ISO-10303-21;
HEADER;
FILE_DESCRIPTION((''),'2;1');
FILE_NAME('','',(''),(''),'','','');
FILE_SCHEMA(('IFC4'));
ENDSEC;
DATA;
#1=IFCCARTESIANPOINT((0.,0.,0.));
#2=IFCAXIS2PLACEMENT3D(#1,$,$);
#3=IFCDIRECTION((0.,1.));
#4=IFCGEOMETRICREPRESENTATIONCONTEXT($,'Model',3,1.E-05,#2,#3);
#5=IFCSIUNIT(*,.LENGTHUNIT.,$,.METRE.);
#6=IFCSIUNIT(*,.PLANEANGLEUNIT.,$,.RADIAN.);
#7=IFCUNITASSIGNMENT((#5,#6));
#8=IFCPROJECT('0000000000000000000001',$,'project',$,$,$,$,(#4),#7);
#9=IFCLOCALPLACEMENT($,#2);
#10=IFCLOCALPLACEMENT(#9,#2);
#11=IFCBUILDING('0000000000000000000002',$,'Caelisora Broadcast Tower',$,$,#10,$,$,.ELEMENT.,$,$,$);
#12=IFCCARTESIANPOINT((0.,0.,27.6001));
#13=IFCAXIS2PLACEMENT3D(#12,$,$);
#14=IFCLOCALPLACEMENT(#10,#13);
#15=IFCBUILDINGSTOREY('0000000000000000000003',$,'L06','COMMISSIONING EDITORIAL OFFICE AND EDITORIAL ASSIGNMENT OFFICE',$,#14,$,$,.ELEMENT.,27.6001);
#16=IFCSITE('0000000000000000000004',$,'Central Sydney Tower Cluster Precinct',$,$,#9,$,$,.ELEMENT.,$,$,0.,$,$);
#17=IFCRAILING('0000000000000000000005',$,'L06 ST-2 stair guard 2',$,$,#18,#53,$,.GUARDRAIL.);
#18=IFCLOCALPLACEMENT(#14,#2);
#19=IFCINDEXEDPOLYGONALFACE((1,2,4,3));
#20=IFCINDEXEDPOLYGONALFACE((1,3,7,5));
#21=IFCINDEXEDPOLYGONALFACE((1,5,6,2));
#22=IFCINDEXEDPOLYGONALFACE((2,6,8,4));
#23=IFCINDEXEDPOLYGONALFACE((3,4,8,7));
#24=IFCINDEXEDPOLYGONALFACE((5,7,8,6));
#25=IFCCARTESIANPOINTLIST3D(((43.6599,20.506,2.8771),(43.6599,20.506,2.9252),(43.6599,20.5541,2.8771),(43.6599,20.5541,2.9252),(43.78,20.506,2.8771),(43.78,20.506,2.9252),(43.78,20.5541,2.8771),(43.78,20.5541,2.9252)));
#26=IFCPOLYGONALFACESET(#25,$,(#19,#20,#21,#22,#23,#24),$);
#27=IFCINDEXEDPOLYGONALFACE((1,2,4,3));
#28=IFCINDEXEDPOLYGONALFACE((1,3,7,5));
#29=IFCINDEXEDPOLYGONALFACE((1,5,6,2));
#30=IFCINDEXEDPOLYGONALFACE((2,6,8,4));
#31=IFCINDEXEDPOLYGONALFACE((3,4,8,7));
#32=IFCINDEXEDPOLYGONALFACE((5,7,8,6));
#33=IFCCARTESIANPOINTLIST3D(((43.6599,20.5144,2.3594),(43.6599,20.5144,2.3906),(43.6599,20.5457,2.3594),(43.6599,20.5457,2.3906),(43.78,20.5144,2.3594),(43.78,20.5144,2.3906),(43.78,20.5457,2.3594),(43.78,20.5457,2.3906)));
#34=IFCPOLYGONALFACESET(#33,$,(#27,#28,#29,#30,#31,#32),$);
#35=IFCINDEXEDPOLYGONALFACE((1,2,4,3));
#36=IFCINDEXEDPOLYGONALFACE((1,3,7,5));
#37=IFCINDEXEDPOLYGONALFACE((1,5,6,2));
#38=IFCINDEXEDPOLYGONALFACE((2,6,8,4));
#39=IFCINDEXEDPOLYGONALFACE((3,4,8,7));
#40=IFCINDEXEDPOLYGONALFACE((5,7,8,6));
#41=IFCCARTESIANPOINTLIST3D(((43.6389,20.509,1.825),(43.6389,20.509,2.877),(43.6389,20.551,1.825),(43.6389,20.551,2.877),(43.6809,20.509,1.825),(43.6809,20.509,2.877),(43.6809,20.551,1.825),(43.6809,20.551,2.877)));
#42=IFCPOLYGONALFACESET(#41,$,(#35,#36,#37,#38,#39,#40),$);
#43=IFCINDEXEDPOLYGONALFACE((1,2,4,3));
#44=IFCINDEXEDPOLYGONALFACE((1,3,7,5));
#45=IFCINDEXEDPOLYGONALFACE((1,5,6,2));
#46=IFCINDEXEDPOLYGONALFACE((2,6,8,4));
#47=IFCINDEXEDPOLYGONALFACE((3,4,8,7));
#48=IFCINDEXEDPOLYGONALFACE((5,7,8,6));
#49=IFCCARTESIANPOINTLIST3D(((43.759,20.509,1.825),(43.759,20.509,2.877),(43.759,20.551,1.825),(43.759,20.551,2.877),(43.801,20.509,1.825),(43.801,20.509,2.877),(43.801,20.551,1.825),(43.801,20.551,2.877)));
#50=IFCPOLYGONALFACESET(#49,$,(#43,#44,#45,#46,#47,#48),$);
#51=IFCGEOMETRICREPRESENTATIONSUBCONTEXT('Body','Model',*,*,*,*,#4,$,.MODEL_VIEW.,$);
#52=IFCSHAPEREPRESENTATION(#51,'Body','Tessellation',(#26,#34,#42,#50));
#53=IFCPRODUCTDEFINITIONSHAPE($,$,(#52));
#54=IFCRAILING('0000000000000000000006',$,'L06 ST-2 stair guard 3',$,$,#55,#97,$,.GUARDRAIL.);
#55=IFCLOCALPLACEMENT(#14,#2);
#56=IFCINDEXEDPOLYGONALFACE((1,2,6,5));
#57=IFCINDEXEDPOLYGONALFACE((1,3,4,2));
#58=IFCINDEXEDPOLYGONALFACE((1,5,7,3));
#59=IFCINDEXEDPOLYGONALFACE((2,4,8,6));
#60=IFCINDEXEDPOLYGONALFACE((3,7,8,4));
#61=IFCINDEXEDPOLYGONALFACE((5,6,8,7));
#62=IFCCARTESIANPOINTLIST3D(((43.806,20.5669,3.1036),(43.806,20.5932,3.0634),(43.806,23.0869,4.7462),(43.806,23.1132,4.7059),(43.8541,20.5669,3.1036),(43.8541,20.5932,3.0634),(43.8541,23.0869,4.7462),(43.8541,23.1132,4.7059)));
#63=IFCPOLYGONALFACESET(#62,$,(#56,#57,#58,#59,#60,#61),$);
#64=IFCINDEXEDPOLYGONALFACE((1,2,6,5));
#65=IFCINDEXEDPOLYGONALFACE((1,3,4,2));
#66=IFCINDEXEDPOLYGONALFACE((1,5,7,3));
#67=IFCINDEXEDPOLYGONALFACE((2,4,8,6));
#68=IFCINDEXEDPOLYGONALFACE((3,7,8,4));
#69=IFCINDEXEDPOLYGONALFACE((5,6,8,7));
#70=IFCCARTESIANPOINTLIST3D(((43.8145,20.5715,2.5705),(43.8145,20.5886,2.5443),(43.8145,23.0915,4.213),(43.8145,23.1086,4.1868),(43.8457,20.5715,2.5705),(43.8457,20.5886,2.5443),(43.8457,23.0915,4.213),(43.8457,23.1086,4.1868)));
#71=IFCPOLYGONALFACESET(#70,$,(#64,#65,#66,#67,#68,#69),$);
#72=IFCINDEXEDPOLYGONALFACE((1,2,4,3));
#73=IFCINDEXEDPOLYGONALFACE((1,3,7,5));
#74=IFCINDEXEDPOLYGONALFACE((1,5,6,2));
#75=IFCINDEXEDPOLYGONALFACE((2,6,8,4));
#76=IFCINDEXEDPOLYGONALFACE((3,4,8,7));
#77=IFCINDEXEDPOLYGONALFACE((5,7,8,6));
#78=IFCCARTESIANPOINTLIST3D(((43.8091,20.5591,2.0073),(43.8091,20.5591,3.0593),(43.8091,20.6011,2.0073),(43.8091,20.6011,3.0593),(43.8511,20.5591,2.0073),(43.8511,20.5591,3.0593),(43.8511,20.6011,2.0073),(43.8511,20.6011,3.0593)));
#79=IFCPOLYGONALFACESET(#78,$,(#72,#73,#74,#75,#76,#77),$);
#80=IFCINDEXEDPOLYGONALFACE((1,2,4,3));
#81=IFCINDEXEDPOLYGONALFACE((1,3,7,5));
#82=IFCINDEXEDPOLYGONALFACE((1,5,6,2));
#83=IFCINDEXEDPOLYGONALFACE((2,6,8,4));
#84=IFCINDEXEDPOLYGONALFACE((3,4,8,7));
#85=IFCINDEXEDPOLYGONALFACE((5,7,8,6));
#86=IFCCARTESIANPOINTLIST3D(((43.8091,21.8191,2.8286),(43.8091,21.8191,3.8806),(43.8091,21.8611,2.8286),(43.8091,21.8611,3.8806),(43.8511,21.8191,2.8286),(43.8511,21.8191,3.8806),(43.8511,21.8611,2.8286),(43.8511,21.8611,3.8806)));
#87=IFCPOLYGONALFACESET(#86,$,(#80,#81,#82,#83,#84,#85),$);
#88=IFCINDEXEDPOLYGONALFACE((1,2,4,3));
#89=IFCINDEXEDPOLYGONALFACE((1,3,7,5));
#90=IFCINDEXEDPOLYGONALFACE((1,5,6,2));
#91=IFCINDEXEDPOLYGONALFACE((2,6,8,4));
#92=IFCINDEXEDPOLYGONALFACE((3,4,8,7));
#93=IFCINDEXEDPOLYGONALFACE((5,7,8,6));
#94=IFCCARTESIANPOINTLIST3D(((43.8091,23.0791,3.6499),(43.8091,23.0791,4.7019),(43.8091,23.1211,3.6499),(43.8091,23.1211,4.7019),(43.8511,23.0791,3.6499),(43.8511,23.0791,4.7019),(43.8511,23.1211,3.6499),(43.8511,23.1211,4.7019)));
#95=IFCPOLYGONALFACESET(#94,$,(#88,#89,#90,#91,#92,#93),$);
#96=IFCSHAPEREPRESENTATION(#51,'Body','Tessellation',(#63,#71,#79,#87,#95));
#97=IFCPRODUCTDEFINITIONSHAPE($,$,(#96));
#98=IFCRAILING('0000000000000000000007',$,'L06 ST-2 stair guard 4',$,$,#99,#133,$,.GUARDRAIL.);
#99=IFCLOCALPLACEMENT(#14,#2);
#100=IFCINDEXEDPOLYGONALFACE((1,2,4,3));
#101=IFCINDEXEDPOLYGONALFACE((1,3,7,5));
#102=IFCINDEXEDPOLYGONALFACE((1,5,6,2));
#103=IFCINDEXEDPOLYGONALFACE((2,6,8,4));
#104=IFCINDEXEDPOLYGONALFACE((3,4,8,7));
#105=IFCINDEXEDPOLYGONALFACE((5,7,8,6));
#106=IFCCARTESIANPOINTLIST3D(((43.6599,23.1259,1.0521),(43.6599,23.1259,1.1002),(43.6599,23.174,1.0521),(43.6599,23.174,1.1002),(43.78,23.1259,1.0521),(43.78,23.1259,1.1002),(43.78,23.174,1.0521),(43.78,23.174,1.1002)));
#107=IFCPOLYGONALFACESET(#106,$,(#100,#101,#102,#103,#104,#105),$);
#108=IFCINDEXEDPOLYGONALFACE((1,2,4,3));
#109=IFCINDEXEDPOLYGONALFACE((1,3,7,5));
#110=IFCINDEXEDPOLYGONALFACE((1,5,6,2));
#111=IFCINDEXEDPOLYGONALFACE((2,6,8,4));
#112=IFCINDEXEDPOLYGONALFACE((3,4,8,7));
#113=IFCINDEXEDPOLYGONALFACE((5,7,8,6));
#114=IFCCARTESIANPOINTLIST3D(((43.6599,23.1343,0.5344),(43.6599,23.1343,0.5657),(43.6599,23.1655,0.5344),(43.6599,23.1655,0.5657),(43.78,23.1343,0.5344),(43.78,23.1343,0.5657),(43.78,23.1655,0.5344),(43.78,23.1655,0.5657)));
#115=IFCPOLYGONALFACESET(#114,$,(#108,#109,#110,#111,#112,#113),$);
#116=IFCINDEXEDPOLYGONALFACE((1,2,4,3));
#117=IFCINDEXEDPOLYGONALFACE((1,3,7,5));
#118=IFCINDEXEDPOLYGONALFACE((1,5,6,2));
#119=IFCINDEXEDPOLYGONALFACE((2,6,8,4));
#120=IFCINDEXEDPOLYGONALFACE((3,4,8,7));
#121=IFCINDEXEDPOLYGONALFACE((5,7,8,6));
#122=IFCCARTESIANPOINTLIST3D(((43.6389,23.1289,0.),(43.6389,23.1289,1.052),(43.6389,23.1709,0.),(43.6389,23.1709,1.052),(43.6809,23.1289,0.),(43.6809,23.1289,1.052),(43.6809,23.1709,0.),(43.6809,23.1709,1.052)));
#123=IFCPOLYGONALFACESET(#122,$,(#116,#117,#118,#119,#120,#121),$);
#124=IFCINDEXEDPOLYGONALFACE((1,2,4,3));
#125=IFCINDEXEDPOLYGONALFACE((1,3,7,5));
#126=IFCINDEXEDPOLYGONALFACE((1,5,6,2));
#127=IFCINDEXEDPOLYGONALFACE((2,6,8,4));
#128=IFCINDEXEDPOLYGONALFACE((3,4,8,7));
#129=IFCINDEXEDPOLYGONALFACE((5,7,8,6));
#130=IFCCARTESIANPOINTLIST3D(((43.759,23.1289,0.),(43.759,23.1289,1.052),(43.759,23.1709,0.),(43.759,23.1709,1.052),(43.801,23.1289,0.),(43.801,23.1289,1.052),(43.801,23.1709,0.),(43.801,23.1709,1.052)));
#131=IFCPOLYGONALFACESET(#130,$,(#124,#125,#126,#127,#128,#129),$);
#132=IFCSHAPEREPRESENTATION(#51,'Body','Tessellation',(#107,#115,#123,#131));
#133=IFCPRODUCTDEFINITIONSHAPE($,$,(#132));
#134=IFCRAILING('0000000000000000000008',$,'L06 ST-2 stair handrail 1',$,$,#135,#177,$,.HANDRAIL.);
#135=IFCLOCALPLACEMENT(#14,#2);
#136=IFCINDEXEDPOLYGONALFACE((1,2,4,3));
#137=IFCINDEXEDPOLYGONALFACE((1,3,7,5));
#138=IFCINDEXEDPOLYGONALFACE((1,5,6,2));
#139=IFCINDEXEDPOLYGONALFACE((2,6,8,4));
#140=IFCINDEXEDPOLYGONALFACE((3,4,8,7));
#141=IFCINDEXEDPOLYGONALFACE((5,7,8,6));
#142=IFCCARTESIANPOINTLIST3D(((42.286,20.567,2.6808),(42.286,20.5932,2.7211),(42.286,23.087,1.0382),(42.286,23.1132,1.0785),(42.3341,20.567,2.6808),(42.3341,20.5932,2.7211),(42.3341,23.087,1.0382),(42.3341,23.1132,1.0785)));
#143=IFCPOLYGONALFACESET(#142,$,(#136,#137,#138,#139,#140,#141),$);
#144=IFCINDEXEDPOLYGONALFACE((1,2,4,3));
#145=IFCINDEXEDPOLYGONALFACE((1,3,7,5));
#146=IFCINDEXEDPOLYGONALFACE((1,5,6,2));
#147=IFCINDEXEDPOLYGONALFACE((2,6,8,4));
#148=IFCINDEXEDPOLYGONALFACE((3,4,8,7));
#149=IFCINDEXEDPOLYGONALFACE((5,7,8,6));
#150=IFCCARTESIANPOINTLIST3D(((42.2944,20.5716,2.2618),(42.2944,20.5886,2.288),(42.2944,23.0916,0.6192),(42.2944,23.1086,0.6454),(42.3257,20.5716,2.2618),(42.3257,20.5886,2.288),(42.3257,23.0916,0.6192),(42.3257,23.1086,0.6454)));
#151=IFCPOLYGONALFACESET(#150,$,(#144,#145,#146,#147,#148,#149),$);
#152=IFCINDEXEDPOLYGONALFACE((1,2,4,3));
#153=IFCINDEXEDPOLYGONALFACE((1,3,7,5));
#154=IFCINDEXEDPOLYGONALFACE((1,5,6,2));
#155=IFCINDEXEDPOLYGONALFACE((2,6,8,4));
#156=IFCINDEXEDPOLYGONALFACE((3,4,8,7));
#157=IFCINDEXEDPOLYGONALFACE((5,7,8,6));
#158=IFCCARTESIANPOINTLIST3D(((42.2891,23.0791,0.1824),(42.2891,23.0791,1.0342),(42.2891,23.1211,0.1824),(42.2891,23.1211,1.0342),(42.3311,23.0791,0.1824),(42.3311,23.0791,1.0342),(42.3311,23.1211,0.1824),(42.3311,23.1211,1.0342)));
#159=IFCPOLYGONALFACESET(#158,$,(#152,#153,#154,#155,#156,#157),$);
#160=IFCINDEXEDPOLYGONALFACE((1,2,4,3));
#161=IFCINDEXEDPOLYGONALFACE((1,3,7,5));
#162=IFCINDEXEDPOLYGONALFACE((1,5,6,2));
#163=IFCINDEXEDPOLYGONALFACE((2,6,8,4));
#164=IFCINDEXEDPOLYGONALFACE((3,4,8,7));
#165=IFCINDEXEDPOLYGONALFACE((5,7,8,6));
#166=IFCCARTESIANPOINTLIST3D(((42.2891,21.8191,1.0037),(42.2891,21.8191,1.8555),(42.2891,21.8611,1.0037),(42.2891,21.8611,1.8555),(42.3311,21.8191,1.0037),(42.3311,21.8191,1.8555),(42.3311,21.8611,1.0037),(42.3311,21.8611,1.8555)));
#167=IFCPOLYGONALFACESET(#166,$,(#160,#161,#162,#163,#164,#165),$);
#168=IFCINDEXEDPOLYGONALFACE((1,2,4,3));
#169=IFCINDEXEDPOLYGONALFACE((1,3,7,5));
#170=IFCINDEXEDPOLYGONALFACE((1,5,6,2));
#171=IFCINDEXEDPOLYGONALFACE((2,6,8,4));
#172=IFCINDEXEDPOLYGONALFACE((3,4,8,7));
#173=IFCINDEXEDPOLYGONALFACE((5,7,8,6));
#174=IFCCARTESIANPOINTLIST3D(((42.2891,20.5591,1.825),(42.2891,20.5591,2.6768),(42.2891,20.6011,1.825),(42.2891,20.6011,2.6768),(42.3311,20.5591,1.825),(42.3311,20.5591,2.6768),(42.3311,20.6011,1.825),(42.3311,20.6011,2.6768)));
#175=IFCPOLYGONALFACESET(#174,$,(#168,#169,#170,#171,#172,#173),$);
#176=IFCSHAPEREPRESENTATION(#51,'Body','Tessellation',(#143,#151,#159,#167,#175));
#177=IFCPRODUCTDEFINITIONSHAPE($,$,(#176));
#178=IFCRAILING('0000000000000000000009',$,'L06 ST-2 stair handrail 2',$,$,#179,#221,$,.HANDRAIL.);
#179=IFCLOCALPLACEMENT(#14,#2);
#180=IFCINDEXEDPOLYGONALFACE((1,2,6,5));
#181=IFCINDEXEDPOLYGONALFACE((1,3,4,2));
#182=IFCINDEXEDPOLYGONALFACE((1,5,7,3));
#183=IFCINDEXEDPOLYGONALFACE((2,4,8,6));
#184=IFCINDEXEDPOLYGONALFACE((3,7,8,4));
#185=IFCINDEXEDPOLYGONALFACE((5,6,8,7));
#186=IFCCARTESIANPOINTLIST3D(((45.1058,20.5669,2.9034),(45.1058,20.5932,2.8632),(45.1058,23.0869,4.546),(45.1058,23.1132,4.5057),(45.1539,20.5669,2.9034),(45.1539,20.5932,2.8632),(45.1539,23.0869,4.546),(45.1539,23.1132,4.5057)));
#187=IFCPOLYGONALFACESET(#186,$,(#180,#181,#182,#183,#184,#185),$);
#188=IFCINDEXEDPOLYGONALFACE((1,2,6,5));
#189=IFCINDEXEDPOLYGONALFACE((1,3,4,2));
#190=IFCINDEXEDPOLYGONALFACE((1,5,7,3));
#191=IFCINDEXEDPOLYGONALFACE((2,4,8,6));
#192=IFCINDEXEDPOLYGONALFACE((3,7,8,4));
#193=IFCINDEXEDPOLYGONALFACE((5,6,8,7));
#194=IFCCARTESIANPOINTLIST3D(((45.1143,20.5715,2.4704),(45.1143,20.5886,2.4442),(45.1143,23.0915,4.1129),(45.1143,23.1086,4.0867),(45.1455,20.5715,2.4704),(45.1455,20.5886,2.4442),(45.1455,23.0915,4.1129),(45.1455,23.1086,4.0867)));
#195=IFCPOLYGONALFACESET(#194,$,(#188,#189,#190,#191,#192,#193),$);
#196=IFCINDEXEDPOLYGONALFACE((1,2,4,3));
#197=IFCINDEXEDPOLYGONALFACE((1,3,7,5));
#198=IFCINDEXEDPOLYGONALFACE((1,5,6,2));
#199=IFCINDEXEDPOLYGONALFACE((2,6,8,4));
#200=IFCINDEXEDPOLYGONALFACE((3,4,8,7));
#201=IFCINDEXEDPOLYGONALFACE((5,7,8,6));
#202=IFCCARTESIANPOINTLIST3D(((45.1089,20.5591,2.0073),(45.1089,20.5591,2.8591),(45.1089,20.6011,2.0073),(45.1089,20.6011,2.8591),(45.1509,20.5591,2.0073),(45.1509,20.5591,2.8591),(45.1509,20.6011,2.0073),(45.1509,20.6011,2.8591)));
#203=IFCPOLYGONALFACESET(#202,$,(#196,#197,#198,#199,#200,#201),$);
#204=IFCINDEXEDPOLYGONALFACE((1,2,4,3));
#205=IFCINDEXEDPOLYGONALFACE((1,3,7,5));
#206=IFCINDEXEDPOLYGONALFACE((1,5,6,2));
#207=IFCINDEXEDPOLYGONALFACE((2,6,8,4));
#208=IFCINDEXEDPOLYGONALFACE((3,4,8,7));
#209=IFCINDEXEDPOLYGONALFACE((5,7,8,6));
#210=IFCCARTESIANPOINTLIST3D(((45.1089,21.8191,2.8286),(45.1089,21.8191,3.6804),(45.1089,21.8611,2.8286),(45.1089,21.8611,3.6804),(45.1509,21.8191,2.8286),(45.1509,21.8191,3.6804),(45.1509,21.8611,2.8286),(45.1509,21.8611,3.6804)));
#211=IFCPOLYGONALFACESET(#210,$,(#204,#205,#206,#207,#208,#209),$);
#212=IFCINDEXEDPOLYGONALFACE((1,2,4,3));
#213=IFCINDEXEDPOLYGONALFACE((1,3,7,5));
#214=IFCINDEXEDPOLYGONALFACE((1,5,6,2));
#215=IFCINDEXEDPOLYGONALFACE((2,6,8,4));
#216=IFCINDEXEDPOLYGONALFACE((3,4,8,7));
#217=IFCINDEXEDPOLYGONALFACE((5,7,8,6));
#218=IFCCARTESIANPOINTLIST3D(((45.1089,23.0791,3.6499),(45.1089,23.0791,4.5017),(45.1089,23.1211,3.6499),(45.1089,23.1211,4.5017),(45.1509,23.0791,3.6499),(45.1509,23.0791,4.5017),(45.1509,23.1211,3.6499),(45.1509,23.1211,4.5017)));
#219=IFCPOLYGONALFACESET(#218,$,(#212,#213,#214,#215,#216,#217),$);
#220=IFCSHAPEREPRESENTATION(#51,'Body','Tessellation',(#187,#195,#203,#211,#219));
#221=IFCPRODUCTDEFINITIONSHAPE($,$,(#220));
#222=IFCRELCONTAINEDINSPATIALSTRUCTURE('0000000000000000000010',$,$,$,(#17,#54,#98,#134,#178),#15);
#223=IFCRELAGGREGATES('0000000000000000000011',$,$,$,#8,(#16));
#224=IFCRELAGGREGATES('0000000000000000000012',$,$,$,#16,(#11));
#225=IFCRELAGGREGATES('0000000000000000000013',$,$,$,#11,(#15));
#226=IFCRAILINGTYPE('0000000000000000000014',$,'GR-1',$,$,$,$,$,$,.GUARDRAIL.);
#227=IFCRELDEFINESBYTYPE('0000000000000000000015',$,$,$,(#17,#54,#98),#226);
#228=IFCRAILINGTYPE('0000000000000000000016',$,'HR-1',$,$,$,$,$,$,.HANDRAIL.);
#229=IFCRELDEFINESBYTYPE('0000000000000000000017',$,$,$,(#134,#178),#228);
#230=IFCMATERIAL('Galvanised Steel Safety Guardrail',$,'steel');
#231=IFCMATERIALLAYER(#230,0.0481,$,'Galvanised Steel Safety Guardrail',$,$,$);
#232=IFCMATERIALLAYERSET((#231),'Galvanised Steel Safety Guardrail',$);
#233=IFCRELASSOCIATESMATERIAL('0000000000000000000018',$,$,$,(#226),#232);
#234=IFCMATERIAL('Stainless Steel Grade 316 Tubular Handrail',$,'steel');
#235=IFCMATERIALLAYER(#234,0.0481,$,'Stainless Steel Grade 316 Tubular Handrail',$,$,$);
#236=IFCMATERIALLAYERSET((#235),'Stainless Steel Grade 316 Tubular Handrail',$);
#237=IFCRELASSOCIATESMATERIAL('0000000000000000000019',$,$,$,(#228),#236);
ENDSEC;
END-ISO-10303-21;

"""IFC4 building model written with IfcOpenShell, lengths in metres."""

from ifc_helpers import new_model, si_unit, direction, frame, origin, origin_2d, place, context, subcontext, project, spatial, rectangle, extrude, material, layer, layer_set, type_object, element, save


model = new_model("IFC4")

# Units and contexts
model_context = context("Model", 3, precision=1e-05, world=origin(), true_north=direction((0.0, 1.0)))
body_context = subcontext(model_context, "Body", "Model", "MODEL_VIEW")
ifc_project = project(units=[si_unit("LENGTHUNIT", "METRE"), si_unit("PLANEANGLEUNIT", "RADIAN")], contexts=[model_context])

# Site, building, storey
site_placement = place(None, origin())
site = spatial("IfcSite", under=ifc_project, at=site_placement, Name="Central Sydney Tower Cluster Precinct", CompositionType="ELEMENT", RefElevation=0.0)
building_placement = place(site_placement, origin())
building = spatial("IfcBuilding", under=site, at=building_placement, Name="Caelisora Broadcast Tower", CompositionType="ELEMENT")
storey_placement = place(building_placement, frame((0.0, 0.0, 27.6001)))
storey = spatial("IfcBuildingStorey", under=building, at=storey_placement, Name="L06", Description="COMMISSIONING EDITORIAL OFFICE AND EDITORIAL ASSIGNMENT OFFICE", CompositionType="ELEMENT", Elevation=27.6001)

# Railings
ifc_material_1 = material(Name="Galvanised Steel Safety Guardrail", Category="steel")
ifc_layer_1 = layer(ifc_material_1, 0.0481, Name="Galvanised Steel Safety Guardrail")
ifc_layer_set_1 = layer_set([ifc_layer_1], Name="Galvanised Steel Safety Guardrail")
railing_type_1 = type_object("IfcRailingType", Name="GR-1", PredefinedType="GUARDRAIL", material=ifc_layer_set_1)
railing_1_placement = place(storey_placement, frame((43.6599, 20.53, 1.825)))
element("IfcRailing", 1, at=railing_1_placement, inside=storey, type_object=railing_type_1, Name="L06 ST-2 stair guard 2", PredefinedType="GUARDRAIL", context=body_context, shape_type="SweptSolid", body=[
    extrude(rectangle(XDim=0.0481, YDim=0.0481, at=origin_2d()), frame((0.0, 0.0, 1.0762), z_axis=(1.0, 0.0, 0.0), x_axis=(0.0, 1.0, 0.0)), (0.0, 0.0, 1.0), 0.1201),
    extrude(rectangle(XDim=0.0312, YDim=0.0312, at=origin_2d()), frame((0.0, 0.0, 0.55), z_axis=(1.0, 0.0, 0.0), x_axis=(0.0, 1.0, 0.0)), (0.0, 0.0, 1.0), 0.1201),
    extrude(rectangle(XDim=0.042, YDim=0.042, at=origin_2d()), origin(), (0.0, 0.0, 1.0), 1.052),
    extrude(rectangle(XDim=0.042, YDim=0.042, at=origin_2d()), frame((0.1201, 0.0, 0.0)), (0.0, 0.0, 1.0), 1.052),
])
railing_2_placement = place(storey_placement, frame((43.8301, 20.5801, 2.0073)))
element("IfcRailing", 2, at=railing_2_placement, inside=storey, type_object=railing_type_1, Name="L06 ST-2 stair guard 3", PredefinedType="GUARDRAIL", context=body_context, shape_type="SweptSolid", body=[
    extrude(rectangle(XDim=0.0481, YDim=0.0481, at=origin_2d()), frame((0.0, 0.0, 1.0762), z_axis=(0.0, 0.837749, 0.546055), x_axis=(-1.0, 0.0, 0.0)), (0.0, 0.0, 1.0), 3.0081),
    extrude(rectangle(XDim=0.0312, YDim=0.0312, at=origin_2d()), frame((0.0, 0.0, 0.55), z_axis=(0.0, 0.837749, 0.546055), x_axis=(-1.0, 0.0, 0.0)), (0.0, 0.0, 1.0), 3.0081),
    extrude(rectangle(XDim=0.042, YDim=0.042, at=origin_2d()), origin(), (0.0, 0.0, 1.0), 1.052),
    extrude(rectangle(XDim=0.042, YDim=0.042, at=origin_2d()), frame((0.0, 1.26, 0.8213)), (0.0, 0.0, 1.0), 1.052),
    extrude(rectangle(XDim=0.042, YDim=0.042, at=origin_2d()), frame((0.0, 2.52, 1.6426)), (0.0, 0.0, 1.0), 1.052),
])
railing_3_placement = place(storey_placement, frame((43.6599, 23.1499, 0.0)))
element("IfcRailing", 3, at=railing_3_placement, inside=storey, type_object=railing_type_1, Name="L06 ST-2 stair guard 4", PredefinedType="GUARDRAIL", context=body_context, shape_type="SweptSolid", body=[
    extrude(rectangle(XDim=0.0481, YDim=0.0481, at=origin_2d()), frame((0.0, 0.0, 1.0762), z_axis=(1.0, 0.0, 0.0), x_axis=(0.0, 1.0, 0.0)), (0.0, 0.0, 1.0), 0.1201),
    extrude(rectangle(XDim=0.0312, YDim=0.0312, at=origin_2d()), frame((0.0, 0.0, 0.55), z_axis=(1.0, 0.0, 0.0), x_axis=(0.0, 1.0, 0.0)), (0.0, 0.0, 1.0), 0.1201),
    extrude(rectangle(XDim=0.042, YDim=0.042, at=origin_2d()), origin(), (0.0, 0.0, 1.0), 1.052),
    extrude(rectangle(XDim=0.042, YDim=0.042, at=origin_2d()), frame((0.1201, 0.0, 0.0)), (0.0, 0.0, 1.0), 1.052),
])
ifc_material_2 = material(Name="Stainless Steel Grade 316 Tubular Handrail", Category="steel")
ifc_layer_2 = layer(ifc_material_2, 0.0481, Name="Stainless Steel Grade 316 Tubular Handrail")
ifc_layer_set_2 = layer_set([ifc_layer_2], Name="Stainless Steel Grade 316 Tubular Handrail")
railing_type_2 = type_object("IfcRailingType", Name="HR-1", PredefinedType="HANDRAIL", material=ifc_layer_set_2)
railing_4_placement = place(storey_placement, frame((42.3101, 23.1001, 0.1824)))
element("IfcRailing", 4, at=railing_4_placement, inside=storey, type_object=railing_type_2, Name="L06 ST-2 stair handrail 1", PredefinedType="HANDRAIL", context=body_context, shape_type="SweptSolid", body=[
    extrude(rectangle(XDim=0.0481, YDim=0.0481, at=origin_2d()), frame((0.0, 0.0, 0.876), z_axis=(0.0, -0.837749, 0.546055), x_axis=(1.0, 0.0, 0.0)), (0.0, 0.0, 1.0), 3.0081),
    extrude(rectangle(XDim=0.0312, YDim=0.0312, at=origin_2d()), frame((0.0, 0.0, 0.45), z_axis=(0.0, -0.837749, 0.546055), x_axis=(1.0, 0.0, 0.0)), (0.0, 0.0, 1.0), 3.0081),
    extrude(rectangle(XDim=0.042, YDim=0.042, at=origin_2d()), origin(), (0.0, 0.0, 1.0), 0.8518),
    extrude(rectangle(XDim=0.042, YDim=0.042, at=origin_2d()), frame((0.0, -1.26, 0.8213)), (0.0, 0.0, 1.0), 0.8518),
    extrude(rectangle(XDim=0.042, YDim=0.042, at=origin_2d()), frame((0.0, -2.52, 1.6426)), (0.0, 0.0, 1.0), 0.8518),
])
railing_5_placement = place(storey_placement, frame((45.1299, 20.5801, 2.0073)))
element("IfcRailing", 5, at=railing_5_placement, inside=storey, type_object=railing_type_2, Name="L06 ST-2 stair handrail 2", PredefinedType="HANDRAIL", context=body_context, shape_type="SweptSolid", body=[
    extrude(rectangle(XDim=0.0481, YDim=0.0481, at=origin_2d()), frame((0.0, 0.0, 0.876), z_axis=(0.0, 0.837749, 0.546055), x_axis=(-1.0, 0.0, 0.0)), (0.0, 0.0, 1.0), 3.0081),
    extrude(rectangle(XDim=0.0312, YDim=0.0312, at=origin_2d()), frame((0.0, 0.0, 0.45), z_axis=(0.0, 0.837749, 0.546055), x_axis=(-1.0, 0.0, 0.0)), (0.0, 0.0, 1.0), 3.0081),
    extrude(rectangle(XDim=0.042, YDim=0.042, at=origin_2d()), origin(), (0.0, 0.0, 1.0), 0.8518),
    extrude(rectangle(XDim=0.042, YDim=0.042, at=origin_2d()), frame((0.0, 1.26, 0.8213)), (0.0, 0.0, 1.0), 0.8518),
    extrude(rectangle(XDim=0.042, YDim=0.042, at=origin_2d()), frame((0.0, 2.52, 1.6426)), (0.0, 0.0, 1.0), 0.8518),
])

save(model, "model.ifc")
